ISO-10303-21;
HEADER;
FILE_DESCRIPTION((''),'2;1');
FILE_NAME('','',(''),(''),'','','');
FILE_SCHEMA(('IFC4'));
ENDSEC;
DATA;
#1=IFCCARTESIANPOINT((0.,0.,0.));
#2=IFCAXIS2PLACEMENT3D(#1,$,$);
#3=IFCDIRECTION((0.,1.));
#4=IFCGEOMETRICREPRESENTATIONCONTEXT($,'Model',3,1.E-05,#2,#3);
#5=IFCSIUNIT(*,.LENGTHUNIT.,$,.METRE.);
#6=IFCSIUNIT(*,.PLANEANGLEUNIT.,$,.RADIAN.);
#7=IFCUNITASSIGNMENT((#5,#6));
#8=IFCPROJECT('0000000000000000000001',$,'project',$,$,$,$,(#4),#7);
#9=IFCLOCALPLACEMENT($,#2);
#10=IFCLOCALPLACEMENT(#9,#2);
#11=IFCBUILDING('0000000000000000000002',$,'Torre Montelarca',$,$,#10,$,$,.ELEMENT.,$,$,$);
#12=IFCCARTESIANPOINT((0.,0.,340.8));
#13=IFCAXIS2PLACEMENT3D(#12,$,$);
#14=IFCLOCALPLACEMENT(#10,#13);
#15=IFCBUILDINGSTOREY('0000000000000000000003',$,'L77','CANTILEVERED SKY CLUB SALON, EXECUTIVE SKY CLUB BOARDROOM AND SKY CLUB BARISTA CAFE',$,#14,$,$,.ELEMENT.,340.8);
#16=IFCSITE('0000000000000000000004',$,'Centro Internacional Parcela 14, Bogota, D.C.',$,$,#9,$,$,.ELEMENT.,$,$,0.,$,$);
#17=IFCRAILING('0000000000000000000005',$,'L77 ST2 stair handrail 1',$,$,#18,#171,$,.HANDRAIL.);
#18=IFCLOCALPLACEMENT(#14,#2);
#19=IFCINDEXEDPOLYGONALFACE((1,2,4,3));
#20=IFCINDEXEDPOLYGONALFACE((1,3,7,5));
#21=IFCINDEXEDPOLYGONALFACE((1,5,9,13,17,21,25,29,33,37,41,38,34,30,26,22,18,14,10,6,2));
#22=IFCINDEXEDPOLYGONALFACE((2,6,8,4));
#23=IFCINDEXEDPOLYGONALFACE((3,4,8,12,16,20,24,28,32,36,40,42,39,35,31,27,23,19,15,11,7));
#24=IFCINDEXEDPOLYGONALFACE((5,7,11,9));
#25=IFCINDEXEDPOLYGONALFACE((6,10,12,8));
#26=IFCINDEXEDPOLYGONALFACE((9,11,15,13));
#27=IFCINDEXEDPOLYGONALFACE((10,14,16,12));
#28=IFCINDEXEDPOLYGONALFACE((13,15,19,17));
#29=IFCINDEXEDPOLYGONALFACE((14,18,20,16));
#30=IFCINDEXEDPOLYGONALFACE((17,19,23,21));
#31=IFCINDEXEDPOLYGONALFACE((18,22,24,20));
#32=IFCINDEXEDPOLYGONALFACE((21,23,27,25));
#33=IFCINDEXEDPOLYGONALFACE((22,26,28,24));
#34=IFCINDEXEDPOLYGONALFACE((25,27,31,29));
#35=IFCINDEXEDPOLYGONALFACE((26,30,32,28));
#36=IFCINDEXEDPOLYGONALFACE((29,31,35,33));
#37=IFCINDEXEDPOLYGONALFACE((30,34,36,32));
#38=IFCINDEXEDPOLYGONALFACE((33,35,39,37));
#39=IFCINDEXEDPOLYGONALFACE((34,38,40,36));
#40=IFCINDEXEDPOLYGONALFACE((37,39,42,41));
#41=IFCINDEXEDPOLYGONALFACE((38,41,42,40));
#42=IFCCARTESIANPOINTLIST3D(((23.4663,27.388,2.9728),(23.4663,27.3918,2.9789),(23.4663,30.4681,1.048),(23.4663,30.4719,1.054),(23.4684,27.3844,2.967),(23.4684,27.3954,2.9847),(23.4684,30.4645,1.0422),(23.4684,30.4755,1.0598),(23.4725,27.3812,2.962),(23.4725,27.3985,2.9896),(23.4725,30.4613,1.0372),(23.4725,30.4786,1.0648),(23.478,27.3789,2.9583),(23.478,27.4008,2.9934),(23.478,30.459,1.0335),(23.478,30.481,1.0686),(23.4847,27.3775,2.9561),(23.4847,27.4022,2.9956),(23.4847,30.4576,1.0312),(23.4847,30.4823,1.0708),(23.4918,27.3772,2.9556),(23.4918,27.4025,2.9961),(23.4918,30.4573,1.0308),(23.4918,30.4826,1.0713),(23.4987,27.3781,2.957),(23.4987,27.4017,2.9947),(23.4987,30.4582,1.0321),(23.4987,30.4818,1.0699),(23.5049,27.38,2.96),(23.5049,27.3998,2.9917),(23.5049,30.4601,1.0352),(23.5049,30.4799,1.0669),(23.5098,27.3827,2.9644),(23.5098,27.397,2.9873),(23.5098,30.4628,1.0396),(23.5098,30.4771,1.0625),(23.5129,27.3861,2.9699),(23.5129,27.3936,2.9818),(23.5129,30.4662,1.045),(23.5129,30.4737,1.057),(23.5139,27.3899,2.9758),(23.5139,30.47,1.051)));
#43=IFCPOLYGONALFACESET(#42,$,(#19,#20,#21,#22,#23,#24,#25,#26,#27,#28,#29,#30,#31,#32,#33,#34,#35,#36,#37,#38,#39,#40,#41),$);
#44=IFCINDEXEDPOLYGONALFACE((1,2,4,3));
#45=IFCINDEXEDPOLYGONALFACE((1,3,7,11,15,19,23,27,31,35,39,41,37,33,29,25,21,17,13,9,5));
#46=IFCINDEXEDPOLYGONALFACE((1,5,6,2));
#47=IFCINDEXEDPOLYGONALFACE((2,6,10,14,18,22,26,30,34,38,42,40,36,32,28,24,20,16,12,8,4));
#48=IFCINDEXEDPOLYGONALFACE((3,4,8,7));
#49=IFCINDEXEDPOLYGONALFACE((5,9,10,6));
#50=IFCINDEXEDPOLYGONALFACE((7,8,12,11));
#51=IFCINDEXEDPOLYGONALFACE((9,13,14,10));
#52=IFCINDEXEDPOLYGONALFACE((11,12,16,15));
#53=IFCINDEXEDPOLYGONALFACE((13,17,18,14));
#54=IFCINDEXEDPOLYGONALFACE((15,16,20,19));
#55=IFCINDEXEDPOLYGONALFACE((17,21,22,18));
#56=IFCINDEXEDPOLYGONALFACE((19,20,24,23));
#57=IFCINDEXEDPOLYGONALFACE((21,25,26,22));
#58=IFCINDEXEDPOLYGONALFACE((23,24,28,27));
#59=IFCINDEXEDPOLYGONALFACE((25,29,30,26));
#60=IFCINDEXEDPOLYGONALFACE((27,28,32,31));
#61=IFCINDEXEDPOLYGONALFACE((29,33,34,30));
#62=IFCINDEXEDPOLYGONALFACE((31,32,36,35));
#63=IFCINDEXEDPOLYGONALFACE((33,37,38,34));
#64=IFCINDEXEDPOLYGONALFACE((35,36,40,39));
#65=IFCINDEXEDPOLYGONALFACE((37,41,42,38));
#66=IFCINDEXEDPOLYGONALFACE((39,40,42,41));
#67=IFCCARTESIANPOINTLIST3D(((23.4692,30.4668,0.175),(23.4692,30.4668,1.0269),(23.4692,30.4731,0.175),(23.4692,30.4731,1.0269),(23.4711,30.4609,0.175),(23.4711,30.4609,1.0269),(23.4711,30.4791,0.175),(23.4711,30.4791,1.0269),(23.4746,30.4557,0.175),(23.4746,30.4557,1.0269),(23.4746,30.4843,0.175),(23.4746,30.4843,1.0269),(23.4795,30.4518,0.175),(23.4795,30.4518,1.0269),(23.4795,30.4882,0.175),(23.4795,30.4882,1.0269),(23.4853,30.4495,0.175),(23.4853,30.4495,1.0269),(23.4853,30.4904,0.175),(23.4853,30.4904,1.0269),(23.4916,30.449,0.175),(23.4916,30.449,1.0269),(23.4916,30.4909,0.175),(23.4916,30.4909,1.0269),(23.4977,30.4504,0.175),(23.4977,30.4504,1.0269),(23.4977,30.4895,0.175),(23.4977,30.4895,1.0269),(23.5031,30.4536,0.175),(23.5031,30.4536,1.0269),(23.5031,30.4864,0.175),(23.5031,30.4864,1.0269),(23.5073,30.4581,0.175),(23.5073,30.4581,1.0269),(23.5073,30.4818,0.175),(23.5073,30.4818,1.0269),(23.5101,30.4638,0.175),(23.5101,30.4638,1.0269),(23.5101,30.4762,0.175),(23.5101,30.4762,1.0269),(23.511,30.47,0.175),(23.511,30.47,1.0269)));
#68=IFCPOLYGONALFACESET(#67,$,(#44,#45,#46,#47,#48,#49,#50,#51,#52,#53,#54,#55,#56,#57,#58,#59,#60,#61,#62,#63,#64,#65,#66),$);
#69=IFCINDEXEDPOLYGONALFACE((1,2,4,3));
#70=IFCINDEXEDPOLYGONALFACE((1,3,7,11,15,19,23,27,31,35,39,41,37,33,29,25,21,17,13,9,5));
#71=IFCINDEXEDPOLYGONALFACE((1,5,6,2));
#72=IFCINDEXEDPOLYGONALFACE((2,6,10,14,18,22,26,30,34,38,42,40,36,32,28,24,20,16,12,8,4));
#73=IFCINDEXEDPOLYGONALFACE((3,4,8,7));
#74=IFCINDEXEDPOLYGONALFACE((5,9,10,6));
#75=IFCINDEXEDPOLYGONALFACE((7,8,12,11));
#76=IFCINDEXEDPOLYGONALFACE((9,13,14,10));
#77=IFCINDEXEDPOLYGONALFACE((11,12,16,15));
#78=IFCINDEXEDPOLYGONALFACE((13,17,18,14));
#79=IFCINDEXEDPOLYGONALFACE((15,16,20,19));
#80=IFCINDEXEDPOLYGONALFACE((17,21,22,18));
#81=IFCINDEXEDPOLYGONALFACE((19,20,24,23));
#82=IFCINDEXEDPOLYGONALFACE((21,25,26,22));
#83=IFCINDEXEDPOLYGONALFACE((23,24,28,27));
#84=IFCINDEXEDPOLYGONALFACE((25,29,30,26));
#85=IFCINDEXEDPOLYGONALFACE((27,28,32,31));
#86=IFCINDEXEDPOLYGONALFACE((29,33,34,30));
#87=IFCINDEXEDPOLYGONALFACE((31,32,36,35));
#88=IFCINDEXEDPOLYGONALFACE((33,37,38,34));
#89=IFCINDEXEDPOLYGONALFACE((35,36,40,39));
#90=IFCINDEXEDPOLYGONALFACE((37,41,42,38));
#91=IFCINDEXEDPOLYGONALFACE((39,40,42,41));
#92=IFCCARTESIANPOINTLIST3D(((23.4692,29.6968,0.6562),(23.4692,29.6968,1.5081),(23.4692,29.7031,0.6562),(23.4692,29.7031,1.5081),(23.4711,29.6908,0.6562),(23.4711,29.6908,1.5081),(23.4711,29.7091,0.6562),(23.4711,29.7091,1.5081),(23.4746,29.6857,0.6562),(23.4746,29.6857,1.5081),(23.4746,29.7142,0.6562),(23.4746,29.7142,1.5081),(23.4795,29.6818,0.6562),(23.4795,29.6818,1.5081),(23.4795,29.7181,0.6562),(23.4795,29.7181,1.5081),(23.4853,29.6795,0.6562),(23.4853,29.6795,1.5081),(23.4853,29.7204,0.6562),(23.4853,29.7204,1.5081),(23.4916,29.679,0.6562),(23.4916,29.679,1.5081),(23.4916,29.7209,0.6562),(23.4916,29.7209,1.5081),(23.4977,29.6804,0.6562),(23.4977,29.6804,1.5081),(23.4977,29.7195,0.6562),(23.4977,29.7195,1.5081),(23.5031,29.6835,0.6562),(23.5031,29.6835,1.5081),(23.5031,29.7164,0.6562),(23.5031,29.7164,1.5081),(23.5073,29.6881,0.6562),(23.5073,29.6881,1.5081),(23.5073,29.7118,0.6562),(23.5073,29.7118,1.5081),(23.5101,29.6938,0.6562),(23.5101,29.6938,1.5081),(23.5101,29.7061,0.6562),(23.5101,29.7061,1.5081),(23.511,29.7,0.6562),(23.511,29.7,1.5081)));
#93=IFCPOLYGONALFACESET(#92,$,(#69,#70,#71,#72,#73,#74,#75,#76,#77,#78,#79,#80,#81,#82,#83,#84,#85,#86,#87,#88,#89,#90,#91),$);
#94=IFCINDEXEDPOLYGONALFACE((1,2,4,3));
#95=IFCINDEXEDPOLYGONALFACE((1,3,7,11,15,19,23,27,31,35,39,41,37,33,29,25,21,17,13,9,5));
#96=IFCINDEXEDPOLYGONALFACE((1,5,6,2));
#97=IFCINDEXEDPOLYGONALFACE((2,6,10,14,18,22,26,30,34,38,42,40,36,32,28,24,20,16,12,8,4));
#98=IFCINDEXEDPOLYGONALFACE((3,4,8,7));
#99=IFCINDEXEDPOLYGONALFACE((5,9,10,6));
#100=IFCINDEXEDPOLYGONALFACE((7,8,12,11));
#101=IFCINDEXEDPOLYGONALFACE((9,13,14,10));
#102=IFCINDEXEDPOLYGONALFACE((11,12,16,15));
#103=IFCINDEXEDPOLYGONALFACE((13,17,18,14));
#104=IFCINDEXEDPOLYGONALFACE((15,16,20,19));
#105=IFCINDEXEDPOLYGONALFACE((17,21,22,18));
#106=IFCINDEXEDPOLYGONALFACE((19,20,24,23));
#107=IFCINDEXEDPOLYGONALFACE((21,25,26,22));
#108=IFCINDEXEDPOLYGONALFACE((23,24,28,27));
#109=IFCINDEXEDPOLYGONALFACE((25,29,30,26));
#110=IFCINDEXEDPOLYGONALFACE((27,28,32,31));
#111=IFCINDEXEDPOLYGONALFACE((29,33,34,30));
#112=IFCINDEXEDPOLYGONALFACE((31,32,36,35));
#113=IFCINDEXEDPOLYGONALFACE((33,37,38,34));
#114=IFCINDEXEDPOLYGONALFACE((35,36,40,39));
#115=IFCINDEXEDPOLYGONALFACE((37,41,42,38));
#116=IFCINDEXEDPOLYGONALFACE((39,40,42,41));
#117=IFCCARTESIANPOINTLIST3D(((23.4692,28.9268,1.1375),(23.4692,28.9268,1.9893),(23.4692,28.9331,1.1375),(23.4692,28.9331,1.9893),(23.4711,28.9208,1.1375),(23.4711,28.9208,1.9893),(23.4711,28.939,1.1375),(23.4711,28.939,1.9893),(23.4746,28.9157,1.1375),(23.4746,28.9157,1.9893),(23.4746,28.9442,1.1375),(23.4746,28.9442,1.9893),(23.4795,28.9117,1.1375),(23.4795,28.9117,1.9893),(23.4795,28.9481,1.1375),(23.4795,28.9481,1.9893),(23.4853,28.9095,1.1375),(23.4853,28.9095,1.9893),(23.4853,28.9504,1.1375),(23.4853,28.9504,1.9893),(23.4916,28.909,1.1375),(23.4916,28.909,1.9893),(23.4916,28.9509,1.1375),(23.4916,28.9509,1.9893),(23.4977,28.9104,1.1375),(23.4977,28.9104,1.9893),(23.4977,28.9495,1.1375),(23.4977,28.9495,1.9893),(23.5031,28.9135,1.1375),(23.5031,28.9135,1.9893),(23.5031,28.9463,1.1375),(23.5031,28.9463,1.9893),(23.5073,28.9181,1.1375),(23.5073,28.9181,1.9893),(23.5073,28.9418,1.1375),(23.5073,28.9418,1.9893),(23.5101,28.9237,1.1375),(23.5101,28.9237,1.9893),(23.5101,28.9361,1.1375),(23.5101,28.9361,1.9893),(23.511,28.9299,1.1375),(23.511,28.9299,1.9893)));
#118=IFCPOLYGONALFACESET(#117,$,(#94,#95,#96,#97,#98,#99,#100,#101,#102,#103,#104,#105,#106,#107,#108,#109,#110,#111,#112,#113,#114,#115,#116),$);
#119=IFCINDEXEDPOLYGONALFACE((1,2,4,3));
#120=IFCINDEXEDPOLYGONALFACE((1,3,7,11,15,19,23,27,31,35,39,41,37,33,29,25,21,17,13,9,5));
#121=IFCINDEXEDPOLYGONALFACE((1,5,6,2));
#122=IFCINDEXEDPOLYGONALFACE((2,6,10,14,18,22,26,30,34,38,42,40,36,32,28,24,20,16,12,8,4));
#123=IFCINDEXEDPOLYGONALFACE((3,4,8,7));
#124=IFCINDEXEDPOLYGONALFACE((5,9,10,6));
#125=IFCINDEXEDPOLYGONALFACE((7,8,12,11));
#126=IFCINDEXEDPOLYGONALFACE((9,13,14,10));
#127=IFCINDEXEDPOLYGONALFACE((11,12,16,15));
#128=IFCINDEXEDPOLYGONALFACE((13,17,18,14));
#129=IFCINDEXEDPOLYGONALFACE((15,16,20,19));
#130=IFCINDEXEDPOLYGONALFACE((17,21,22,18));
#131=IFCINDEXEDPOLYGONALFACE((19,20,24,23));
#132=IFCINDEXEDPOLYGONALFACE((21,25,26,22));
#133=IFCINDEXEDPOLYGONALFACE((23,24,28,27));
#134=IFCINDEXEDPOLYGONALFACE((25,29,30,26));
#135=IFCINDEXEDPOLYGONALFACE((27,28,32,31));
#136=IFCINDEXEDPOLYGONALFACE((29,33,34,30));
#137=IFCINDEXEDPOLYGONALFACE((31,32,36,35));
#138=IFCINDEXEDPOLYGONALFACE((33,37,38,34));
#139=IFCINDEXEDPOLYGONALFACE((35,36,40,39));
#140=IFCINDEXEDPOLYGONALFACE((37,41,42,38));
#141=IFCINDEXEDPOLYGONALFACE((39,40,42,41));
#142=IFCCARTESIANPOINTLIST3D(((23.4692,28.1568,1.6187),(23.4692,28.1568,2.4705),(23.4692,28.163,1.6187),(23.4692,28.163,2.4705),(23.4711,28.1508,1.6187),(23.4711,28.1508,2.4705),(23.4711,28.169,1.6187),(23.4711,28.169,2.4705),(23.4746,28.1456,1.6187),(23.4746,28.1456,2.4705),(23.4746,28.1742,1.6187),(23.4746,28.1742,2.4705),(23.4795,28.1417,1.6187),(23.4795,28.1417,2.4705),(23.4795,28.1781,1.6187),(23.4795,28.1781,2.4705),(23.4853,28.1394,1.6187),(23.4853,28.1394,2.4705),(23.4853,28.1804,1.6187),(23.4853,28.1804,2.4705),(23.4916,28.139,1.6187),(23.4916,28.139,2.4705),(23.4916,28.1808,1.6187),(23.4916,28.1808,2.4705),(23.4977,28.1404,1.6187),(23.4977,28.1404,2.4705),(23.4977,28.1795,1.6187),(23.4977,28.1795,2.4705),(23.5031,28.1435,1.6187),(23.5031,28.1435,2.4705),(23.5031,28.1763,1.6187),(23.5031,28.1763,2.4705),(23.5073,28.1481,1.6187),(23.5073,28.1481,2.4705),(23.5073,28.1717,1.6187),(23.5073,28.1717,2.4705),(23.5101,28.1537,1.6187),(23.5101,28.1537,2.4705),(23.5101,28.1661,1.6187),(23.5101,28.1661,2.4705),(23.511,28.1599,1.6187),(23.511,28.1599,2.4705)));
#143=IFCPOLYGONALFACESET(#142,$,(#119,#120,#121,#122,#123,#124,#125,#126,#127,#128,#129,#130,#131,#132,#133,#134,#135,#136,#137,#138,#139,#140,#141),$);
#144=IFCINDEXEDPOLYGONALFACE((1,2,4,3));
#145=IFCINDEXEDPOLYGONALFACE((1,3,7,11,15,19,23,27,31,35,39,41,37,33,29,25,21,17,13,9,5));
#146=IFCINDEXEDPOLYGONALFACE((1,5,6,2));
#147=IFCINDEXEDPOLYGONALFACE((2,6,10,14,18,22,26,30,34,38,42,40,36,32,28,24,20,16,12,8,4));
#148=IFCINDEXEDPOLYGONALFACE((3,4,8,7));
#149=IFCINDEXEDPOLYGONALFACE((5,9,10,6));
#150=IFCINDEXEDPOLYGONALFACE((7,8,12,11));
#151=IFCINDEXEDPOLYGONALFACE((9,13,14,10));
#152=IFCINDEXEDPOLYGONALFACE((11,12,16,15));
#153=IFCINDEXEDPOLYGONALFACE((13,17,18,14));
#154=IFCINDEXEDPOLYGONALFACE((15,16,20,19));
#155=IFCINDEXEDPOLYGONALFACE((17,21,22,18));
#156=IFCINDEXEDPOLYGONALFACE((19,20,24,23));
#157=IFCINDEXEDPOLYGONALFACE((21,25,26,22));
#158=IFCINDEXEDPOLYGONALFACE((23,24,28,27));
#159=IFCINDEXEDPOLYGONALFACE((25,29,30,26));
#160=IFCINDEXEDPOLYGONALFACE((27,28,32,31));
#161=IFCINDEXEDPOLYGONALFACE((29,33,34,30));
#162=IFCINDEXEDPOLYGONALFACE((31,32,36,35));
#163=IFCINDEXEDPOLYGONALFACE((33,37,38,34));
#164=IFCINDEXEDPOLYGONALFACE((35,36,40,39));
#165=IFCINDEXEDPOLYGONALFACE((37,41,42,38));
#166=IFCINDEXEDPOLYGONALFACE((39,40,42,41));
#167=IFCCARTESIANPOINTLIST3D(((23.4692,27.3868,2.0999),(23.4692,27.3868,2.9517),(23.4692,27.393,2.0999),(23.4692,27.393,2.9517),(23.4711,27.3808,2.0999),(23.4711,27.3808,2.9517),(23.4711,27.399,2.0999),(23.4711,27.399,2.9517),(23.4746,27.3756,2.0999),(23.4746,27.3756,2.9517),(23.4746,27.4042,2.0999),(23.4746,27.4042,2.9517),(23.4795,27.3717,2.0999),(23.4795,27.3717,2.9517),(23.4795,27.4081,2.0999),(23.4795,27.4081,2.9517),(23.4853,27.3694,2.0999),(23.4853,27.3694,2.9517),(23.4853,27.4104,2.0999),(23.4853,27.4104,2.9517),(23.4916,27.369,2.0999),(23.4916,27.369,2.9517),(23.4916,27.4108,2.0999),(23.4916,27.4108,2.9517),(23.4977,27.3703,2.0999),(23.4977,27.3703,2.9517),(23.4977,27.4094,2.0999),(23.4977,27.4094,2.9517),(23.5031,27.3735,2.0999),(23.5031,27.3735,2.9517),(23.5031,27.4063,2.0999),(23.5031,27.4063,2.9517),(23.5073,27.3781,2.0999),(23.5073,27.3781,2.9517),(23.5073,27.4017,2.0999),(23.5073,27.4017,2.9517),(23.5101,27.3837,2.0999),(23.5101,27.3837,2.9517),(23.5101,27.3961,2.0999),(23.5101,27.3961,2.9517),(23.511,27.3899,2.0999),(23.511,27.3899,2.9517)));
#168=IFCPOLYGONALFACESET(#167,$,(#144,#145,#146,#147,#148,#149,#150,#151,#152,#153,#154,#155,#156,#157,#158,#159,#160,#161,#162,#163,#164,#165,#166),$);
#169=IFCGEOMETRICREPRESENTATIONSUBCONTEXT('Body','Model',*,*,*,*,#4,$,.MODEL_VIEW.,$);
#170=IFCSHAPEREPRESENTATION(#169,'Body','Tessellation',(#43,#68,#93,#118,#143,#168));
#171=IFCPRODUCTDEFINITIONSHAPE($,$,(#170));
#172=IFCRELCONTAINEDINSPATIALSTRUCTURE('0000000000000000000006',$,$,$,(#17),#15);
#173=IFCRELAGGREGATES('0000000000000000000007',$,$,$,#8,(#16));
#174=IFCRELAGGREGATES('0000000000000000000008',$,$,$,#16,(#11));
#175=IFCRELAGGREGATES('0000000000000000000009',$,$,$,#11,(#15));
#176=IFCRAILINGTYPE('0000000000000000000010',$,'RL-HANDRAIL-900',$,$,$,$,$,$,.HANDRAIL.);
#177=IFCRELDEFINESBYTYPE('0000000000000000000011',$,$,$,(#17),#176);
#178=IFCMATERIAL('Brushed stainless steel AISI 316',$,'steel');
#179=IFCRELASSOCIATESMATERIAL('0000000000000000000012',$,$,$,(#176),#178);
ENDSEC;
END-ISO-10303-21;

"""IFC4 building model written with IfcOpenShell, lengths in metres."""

from ifc_helpers import new_model, si_unit, direction, frame, origin, origin_2d, place, context, subcontext, project, spatial, circle, extrude, material, type_object, element, save


model = new_model("IFC4")

# Units and contexts
model_context = context("Model", 3, precision=1e-05, world=origin(), true_north=direction((0.0, 1.0)))
body_context = subcontext(model_context, "Body", "Model", "MODEL_VIEW")
ifc_project = project(units=[si_unit("LENGTHUNIT", "METRE"), si_unit("PLANEANGLEUNIT", "RADIAN")], contexts=[model_context])

# Site, building, storey
site_placement = place(None, origin())
site = spatial("IfcSite", under=ifc_project, at=site_placement, Name="Centro Internacional Parcela 14, Bogota, D.C.", CompositionType="ELEMENT", RefElevation=0.0)
building_placement = place(site_placement, origin())
building = spatial("IfcBuilding", under=site, at=building_placement, Name="Torre Montelarca", CompositionType="ELEMENT")
storey_placement = place(building_placement, frame((0.0, 0.0, 340.8)))
storey = spatial("IfcBuildingStorey", under=building, at=storey_placement, Name="L77", Description="CANTILEVERED SKY CLUB SALON, EXECUTIVE SKY CLUB BOARDROOM AND SKY CLUB BARISTA CAFE", CompositionType="ELEMENT", Elevation=340.8)

# Shared definitions
ifc_material_1 = material(Name="Brushed stainless steel AISI 316", Category="steel")

# Railing
railing_type_1 = type_object("IfcRailingType", Name="RL-HANDRAIL-900", PredefinedType="HANDRAIL", material=ifc_material_1)
railing_1_placement = place(storey_placement, frame((23.49, 30.47, 0.175)))
element("IfcRailing", 1, at=railing_1_placement, inside=storey, type_object=railing_type_1, Name="L77 ST2 stair handrail 1", PredefinedType="HANDRAIL", context=body_context, shape_type="SweptSolid", body=[
    extrude(circle(Radius=0.0239, at=origin_2d()), frame((0.0, 0.0, 0.876), z_axis=(0.0, -0.848029, 0.529951), x_axis=(1.0, 0.0, 0.0)), (0.0, 0.0, 1.0), 3.6321),
    extrude(circle(Radius=0.021, at=origin_2d()), origin(), (0.0, 0.0, 1.0), 0.8518),
    extrude(circle(Radius=0.021, at=origin_2d()), frame((0.0, -0.77, 0.4812)), (0.0, 0.0, 1.0), 0.8518),
    extrude(circle(Radius=0.021, at=origin_2d()), frame((0.0, -1.54, 0.9624)), (0.0, 0.0, 1.0), 0.8518),
    extrude(circle(Radius=0.021, at=origin_2d()), frame((0.0, -2.3101, 1.4436)), (0.0, 0.0, 1.0), 0.8518),
    extrude(circle(Radius=0.021, at=origin_2d()), frame((0.0, -3.0801, 1.9248)), (0.0, 0.0, 1.0), 0.8518),
])

save(model, "model.ifc")
